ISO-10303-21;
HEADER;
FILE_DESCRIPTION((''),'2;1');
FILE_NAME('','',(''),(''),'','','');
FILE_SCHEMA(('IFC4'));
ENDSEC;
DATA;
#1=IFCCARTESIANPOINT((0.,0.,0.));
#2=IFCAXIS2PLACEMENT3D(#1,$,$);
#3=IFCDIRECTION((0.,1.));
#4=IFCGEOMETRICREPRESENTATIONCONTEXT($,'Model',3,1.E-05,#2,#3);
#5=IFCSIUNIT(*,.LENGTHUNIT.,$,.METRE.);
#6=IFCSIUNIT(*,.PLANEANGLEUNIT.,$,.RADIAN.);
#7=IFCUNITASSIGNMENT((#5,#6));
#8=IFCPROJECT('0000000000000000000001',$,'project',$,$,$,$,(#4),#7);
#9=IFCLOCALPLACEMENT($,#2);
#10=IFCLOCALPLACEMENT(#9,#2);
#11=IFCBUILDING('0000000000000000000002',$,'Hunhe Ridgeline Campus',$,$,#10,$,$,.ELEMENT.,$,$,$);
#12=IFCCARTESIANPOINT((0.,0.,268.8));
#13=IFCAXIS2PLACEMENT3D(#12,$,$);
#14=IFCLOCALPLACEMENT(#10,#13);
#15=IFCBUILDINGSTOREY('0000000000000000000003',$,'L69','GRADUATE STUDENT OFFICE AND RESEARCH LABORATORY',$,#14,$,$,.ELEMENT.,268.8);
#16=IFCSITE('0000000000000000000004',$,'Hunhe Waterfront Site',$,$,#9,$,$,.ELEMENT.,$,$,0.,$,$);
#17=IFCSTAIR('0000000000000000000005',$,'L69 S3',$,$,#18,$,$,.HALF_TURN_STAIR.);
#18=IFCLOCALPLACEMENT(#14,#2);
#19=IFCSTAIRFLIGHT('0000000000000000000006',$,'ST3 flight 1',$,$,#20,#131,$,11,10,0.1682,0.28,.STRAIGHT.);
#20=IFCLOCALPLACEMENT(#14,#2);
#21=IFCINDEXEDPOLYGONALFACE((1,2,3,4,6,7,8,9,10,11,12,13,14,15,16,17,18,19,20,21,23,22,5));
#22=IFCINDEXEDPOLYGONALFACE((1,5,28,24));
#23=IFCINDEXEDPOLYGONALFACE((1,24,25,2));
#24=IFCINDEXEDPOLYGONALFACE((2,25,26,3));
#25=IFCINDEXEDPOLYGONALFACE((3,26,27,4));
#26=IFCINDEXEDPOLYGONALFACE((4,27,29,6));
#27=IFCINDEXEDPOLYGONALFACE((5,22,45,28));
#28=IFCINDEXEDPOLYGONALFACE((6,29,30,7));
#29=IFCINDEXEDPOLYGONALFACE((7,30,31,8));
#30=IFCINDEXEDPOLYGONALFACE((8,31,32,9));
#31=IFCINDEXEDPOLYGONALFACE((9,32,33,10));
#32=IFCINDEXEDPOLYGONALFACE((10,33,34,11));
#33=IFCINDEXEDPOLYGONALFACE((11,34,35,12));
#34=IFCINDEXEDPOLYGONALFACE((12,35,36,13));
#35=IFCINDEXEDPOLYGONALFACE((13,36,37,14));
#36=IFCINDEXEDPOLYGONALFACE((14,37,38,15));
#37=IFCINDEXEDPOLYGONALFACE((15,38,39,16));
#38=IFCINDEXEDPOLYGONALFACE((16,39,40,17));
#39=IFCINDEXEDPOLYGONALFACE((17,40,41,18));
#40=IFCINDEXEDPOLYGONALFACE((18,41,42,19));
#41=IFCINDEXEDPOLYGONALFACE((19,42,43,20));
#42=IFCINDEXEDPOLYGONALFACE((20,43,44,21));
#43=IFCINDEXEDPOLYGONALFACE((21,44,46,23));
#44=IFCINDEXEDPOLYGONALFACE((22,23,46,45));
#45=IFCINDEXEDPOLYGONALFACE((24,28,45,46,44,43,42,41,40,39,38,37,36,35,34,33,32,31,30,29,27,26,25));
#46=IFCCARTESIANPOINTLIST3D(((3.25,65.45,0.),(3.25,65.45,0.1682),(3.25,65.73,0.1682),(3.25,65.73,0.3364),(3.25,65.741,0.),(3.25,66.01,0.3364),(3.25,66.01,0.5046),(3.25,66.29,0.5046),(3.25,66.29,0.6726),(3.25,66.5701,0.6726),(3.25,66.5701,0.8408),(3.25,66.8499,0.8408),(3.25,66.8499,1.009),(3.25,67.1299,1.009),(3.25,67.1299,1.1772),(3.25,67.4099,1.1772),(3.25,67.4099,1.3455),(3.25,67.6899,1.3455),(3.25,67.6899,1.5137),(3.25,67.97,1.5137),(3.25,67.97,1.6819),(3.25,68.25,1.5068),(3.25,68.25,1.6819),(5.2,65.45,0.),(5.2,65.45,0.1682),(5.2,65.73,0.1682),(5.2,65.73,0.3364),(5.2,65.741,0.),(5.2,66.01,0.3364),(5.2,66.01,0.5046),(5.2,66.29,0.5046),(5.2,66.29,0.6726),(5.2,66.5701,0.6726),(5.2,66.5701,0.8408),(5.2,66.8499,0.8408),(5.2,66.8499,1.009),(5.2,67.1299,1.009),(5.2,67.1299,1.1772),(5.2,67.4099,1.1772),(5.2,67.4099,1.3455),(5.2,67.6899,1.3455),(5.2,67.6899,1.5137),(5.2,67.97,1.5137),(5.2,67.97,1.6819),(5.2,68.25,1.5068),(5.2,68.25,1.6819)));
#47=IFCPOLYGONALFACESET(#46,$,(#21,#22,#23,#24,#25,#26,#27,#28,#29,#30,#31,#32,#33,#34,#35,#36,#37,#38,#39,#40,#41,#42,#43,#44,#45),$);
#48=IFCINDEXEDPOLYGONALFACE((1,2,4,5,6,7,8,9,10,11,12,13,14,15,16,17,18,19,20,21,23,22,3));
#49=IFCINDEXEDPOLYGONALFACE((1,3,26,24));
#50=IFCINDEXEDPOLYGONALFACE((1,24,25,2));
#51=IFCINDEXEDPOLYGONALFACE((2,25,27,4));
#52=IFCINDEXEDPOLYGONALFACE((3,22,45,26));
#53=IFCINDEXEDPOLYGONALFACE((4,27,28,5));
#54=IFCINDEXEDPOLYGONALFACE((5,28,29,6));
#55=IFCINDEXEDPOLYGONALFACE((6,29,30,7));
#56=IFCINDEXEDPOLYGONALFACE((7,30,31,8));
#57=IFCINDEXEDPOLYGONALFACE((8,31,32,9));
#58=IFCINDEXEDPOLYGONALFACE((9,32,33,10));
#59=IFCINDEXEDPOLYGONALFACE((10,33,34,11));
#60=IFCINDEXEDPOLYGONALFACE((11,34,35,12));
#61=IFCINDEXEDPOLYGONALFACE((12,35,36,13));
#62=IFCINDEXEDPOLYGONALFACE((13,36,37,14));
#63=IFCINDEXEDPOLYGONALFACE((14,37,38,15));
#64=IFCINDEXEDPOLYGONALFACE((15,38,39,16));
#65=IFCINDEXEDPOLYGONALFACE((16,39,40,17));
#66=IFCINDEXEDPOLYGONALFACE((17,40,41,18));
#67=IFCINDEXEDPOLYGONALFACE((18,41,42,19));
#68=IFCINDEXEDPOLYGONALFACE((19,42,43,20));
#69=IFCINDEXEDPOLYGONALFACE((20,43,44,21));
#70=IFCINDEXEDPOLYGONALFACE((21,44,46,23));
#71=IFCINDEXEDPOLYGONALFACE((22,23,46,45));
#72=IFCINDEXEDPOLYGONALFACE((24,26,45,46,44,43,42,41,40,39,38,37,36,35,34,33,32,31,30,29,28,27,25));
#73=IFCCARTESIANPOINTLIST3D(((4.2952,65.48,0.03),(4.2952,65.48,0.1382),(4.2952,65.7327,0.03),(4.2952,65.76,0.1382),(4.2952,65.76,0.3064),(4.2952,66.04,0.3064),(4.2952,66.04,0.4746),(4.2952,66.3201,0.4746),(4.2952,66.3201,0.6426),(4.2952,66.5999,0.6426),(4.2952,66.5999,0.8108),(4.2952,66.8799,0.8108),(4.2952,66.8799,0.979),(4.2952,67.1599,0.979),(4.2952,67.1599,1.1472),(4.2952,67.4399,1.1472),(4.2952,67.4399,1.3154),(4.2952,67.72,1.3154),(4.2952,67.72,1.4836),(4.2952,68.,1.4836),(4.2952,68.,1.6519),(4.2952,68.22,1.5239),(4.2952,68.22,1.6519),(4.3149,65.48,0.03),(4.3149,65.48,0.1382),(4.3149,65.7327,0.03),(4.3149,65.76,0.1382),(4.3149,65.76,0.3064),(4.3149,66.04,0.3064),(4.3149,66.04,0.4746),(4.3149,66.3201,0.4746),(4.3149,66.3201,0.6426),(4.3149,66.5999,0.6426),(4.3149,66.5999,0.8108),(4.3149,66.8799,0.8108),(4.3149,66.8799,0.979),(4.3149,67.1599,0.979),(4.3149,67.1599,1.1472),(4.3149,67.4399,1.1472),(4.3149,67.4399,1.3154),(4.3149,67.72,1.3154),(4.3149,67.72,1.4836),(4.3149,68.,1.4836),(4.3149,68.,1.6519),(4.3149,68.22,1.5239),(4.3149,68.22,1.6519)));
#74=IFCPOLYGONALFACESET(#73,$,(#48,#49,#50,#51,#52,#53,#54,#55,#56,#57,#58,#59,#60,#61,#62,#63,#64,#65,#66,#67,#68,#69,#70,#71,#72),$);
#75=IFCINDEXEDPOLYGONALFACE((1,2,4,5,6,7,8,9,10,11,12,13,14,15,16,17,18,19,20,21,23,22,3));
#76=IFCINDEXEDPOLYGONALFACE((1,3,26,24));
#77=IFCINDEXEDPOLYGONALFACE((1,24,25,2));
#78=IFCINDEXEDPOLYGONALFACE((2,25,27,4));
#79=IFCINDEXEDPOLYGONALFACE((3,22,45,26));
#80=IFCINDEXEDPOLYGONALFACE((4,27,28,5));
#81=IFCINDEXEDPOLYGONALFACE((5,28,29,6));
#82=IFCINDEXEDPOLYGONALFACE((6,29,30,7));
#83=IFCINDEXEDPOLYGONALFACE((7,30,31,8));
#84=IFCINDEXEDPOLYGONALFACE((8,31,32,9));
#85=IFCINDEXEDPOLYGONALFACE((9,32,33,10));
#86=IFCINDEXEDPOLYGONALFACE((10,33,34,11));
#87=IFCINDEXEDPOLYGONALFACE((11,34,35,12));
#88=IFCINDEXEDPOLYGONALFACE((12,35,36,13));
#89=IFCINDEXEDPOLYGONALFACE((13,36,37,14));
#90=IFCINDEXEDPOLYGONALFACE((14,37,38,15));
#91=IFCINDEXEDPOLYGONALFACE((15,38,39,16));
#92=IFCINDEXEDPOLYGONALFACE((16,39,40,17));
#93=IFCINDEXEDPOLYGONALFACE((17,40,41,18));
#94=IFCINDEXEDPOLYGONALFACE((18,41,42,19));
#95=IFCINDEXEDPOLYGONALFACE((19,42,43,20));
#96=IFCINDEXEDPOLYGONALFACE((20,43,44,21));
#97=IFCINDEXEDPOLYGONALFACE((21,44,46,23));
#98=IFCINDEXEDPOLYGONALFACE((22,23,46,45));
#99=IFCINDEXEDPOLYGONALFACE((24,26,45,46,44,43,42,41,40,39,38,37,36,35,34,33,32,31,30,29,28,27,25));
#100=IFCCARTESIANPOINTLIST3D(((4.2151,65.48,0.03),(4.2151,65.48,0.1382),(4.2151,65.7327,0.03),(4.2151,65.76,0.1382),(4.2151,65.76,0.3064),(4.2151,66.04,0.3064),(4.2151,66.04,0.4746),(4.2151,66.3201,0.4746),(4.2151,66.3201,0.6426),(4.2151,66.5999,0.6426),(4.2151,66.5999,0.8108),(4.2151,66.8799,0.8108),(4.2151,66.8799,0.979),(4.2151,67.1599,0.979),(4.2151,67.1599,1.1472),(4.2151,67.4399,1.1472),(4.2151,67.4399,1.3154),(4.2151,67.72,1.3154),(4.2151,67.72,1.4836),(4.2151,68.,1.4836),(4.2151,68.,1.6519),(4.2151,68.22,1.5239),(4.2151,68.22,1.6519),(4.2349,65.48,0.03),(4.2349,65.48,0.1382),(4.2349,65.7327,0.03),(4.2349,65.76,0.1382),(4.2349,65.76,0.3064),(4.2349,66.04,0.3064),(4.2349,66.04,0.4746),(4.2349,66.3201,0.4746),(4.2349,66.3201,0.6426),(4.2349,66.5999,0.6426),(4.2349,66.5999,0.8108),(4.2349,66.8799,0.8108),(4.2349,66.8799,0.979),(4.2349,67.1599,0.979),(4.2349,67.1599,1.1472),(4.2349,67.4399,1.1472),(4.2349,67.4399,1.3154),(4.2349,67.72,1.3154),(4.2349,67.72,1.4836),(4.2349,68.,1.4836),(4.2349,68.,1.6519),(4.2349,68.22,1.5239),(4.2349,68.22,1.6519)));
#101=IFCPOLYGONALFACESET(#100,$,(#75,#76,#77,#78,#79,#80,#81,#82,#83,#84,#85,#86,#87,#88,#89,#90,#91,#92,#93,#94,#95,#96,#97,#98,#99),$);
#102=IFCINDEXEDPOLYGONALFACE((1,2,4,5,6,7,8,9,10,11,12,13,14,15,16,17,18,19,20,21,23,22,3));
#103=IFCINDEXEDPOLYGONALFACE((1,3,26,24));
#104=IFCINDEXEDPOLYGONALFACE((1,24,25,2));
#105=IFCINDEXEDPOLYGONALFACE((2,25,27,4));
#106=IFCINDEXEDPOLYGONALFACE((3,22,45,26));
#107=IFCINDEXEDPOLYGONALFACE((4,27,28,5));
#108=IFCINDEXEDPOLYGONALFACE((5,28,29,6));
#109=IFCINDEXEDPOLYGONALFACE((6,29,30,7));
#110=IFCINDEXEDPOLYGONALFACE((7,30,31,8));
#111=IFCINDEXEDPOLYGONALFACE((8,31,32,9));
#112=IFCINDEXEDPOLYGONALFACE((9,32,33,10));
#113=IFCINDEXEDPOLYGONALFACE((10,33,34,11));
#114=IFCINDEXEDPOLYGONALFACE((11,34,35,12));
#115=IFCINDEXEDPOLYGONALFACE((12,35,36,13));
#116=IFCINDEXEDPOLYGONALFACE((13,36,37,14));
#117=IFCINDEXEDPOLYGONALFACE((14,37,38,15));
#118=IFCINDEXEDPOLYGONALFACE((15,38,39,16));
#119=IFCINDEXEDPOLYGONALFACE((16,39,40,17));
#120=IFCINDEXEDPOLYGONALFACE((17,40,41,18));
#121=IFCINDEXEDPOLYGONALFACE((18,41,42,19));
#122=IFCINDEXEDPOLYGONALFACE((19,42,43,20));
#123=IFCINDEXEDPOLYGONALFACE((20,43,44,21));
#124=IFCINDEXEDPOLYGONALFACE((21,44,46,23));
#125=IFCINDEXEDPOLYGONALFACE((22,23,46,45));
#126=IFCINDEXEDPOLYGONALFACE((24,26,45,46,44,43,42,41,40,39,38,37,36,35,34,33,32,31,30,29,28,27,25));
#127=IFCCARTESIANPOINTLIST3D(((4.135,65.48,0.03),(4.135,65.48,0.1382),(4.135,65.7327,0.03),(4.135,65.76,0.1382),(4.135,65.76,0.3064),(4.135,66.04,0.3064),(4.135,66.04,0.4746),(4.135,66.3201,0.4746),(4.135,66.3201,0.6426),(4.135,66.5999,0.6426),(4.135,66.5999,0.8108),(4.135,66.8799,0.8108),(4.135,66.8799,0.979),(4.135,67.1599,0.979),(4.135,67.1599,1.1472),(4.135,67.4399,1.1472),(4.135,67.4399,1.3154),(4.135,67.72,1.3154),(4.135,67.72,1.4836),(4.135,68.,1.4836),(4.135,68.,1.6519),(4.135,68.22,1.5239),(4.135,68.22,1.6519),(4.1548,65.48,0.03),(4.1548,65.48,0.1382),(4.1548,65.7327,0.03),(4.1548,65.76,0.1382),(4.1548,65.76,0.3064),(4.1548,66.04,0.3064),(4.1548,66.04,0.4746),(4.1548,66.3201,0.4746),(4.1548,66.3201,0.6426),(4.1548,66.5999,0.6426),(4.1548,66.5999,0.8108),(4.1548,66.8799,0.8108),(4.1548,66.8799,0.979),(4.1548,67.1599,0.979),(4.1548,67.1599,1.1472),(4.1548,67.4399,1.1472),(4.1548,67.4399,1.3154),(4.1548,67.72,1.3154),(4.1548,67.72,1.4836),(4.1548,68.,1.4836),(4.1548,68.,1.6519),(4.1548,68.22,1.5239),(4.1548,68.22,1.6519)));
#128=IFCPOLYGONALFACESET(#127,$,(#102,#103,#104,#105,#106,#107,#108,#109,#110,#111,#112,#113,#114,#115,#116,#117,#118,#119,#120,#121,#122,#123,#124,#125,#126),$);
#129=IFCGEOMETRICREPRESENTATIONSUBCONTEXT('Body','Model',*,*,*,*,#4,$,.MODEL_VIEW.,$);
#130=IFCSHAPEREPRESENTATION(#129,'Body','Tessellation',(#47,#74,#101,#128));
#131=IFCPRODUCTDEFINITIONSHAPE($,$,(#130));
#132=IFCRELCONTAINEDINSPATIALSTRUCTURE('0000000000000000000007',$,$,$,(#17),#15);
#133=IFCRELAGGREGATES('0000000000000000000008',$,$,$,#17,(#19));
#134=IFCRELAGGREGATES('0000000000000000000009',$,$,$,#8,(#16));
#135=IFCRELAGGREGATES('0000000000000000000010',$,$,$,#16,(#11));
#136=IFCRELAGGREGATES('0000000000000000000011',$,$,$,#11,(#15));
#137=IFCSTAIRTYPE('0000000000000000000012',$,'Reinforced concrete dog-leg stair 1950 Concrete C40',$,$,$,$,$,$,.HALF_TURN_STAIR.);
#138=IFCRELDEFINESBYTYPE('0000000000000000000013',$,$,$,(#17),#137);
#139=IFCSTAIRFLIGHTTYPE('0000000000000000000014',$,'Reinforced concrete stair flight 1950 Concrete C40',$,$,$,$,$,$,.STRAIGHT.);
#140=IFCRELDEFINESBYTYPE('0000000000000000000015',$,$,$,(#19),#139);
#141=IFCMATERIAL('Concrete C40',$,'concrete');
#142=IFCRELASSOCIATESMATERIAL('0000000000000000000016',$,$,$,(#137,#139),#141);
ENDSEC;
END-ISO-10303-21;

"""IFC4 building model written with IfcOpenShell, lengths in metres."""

from ifc_helpers import new_model, si_unit, direction, frame, origin, place, context, subcontext, project, spatial, polyline, outline, extrude, material, type_object, element, aggregate, save


model = new_model("IFC4")

# Units and contexts
model_context = context("Model", 3, precision=1e-05, world=origin(), true_north=direction((0.0, 1.0)))
body_context = subcontext(model_context, "Body", "Model", "MODEL_VIEW")
ifc_project = project(units=[si_unit("LENGTHUNIT", "METRE"), si_unit("PLANEANGLEUNIT", "RADIAN")], contexts=[model_context])

# Site, building, storey
site_placement = place(None, origin())
site = spatial("IfcSite", under=ifc_project, at=site_placement, Name="Hunhe Waterfront Site", CompositionType="ELEMENT", RefElevation=0.0)
building_placement = place(site_placement, origin())
building = spatial("IfcBuilding", under=site, at=building_placement, Name="Hunhe Ridgeline Campus", CompositionType="ELEMENT")
storey_placement = place(building_placement, frame((0.0, 0.0, 268.8)))
storey = spatial("IfcBuildingStorey", under=building, at=storey_placement, Name="L69", Description="GRADUATE STUDENT OFFICE AND RESEARCH LABORATORY", CompositionType="ELEMENT", Elevation=268.8)

# Stair, stair flight
ifc_material_1 = material(Name="Concrete C40", Category="concrete")
stair_type = type_object("IfcStairType", Name="Reinforced concrete dog-leg stair 1950 Concrete C40", PredefinedType="HALF_TURN_STAIR", material=ifc_material_1)
stair_1_placement = place(storey_placement, origin())
stair_1 = element("IfcStair", 1, at=stair_1_placement, inside=storey, type_object=stair_type, Name="L69 S3", PredefinedType="HALF_TURN_STAIR")
stair_flight_type = type_object("IfcStairFlightType", Name="Reinforced concrete stair flight 1950 Concrete C40", PredefinedType="STRAIGHT", material=ifc_material_1)
stair_flight_1_placement = place(storey_placement, frame((4.2251, 65.45, 0.0), z_axis=(0.0, 0.0, 1.0), x_axis=(0.0, 1.0, 0.0)))
stair_flight_1 = element("IfcStairFlight", 2, at=stair_flight_1_placement, type_object=stair_flight_type, Name="ST3 flight 1", NumberOfRisers=11, NumberOfTreads=10, PredefinedType="STRAIGHT", RiserHeight=0.1682, TreadLength=0.28, context=body_context, shape_type="SweptSolid", body=[
    extrude(outline(polyline([(0.0, 0.0), (0.0, 0.1682), (0.28, 0.1682), (0.28, 0.3364), (0.5601, 0.3364), (0.5601, 0.5046), (0.8401, 0.5046), (0.8401, 0.6726), (1.1201, 0.6726), (1.1201, 0.8408), (1.3999, 0.8408), (1.3999, 1.009), (1.6799, 1.009), (1.6799, 1.1772), (1.96, 1.1772), (1.96, 1.3455), (2.24, 1.3455), (2.24, 1.5137), (2.52, 1.5137), (2.52, 1.6819), (2.8, 1.6819), (2.8, 1.8501), (2.8, 1.5068), (0.291, 0.0), (0.0, 0.0)])), frame((0.0, 0.9751, 0.0), z_axis=(0.0, -1.0, 0.0), x_axis=(1.0, 0.0, 0.0)), (0.0, 0.0, 1.0), 1.95),
    extrude(outline(polyline([(0.03, 0.03), (0.03, 0.1382), (0.3101, 0.1382), (0.3101, 0.3064), (0.5901, 0.3064), (0.5901, 0.4746), (0.8701, 0.4746), (0.8701, 0.6426), (1.1499, 0.6426), (1.1499, 0.8108), (1.4299, 0.8108), (1.4299, 0.979), (1.71, 0.979), (1.71, 1.1472), (1.99, 1.1472), (1.99, 1.3154), (2.27, 1.3154), (2.27, 1.4836), (2.55, 1.4836), (2.55, 1.6519), (2.77, 1.6519), (2.77, 1.5239), (0.2827, 0.03), (0.03, 0.03)])), frame((0.0, -0.0701, 0.0), z_axis=(0.0, -1.0, 0.0), x_axis=(1.0, 0.0, 0.0)), (0.0, 0.0, 1.0), 0.0198),
    extrude(outline(polyline([(0.03, 0.03), (0.03, 0.1382), (0.3101, 0.1382), (0.3101, 0.3064), (0.5901, 0.3064), (0.5901, 0.4746), (0.8701, 0.4746), (0.8701, 0.6426), (1.1499, 0.6426), (1.1499, 0.8108), (1.4299, 0.8108), (1.4299, 0.979), (1.71, 0.979), (1.71, 1.1472), (1.99, 1.1472), (1.99, 1.3154), (2.27, 1.3154), (2.27, 1.4836), (2.55, 1.4836), (2.55, 1.6519), (2.77, 1.6519), (2.77, 1.5239), (0.2827, 0.03), (0.03, 0.03)])), frame((0.0, 0.01, 0.0), z_axis=(0.0, -1.0, 0.0), x_axis=(1.0, 0.0, 0.0)), (0.0, 0.0, 1.0), 0.0198),
    extrude(outline(polyline([(0.03, 0.03), (0.03, 0.1382), (0.3101, 0.1382), (0.3101, 0.3064), (0.5901, 0.3064), (0.5901, 0.4746), (0.8701, 0.4746), (0.8701, 0.6426), (1.1499, 0.6426), (1.1499, 0.8108), (1.4299, 0.8108), (1.4299, 0.979), (1.71, 0.979), (1.71, 1.1472), (1.99, 1.1472), (1.99, 1.3154), (2.27, 1.3154), (2.27, 1.4836), (2.55, 1.4836), (2.55, 1.6519), (2.77, 1.6519), (2.77, 1.5239), (0.2827, 0.03), (0.03, 0.03)])), frame((0.0, 0.0901, 0.0), z_axis=(0.0, -1.0, 0.0), x_axis=(1.0, 0.0, 0.0)), (0.0, 0.0, 1.0), 0.0198),
])
aggregate(stair_1, [stair_flight_1])

save(model, "model.ifc")
